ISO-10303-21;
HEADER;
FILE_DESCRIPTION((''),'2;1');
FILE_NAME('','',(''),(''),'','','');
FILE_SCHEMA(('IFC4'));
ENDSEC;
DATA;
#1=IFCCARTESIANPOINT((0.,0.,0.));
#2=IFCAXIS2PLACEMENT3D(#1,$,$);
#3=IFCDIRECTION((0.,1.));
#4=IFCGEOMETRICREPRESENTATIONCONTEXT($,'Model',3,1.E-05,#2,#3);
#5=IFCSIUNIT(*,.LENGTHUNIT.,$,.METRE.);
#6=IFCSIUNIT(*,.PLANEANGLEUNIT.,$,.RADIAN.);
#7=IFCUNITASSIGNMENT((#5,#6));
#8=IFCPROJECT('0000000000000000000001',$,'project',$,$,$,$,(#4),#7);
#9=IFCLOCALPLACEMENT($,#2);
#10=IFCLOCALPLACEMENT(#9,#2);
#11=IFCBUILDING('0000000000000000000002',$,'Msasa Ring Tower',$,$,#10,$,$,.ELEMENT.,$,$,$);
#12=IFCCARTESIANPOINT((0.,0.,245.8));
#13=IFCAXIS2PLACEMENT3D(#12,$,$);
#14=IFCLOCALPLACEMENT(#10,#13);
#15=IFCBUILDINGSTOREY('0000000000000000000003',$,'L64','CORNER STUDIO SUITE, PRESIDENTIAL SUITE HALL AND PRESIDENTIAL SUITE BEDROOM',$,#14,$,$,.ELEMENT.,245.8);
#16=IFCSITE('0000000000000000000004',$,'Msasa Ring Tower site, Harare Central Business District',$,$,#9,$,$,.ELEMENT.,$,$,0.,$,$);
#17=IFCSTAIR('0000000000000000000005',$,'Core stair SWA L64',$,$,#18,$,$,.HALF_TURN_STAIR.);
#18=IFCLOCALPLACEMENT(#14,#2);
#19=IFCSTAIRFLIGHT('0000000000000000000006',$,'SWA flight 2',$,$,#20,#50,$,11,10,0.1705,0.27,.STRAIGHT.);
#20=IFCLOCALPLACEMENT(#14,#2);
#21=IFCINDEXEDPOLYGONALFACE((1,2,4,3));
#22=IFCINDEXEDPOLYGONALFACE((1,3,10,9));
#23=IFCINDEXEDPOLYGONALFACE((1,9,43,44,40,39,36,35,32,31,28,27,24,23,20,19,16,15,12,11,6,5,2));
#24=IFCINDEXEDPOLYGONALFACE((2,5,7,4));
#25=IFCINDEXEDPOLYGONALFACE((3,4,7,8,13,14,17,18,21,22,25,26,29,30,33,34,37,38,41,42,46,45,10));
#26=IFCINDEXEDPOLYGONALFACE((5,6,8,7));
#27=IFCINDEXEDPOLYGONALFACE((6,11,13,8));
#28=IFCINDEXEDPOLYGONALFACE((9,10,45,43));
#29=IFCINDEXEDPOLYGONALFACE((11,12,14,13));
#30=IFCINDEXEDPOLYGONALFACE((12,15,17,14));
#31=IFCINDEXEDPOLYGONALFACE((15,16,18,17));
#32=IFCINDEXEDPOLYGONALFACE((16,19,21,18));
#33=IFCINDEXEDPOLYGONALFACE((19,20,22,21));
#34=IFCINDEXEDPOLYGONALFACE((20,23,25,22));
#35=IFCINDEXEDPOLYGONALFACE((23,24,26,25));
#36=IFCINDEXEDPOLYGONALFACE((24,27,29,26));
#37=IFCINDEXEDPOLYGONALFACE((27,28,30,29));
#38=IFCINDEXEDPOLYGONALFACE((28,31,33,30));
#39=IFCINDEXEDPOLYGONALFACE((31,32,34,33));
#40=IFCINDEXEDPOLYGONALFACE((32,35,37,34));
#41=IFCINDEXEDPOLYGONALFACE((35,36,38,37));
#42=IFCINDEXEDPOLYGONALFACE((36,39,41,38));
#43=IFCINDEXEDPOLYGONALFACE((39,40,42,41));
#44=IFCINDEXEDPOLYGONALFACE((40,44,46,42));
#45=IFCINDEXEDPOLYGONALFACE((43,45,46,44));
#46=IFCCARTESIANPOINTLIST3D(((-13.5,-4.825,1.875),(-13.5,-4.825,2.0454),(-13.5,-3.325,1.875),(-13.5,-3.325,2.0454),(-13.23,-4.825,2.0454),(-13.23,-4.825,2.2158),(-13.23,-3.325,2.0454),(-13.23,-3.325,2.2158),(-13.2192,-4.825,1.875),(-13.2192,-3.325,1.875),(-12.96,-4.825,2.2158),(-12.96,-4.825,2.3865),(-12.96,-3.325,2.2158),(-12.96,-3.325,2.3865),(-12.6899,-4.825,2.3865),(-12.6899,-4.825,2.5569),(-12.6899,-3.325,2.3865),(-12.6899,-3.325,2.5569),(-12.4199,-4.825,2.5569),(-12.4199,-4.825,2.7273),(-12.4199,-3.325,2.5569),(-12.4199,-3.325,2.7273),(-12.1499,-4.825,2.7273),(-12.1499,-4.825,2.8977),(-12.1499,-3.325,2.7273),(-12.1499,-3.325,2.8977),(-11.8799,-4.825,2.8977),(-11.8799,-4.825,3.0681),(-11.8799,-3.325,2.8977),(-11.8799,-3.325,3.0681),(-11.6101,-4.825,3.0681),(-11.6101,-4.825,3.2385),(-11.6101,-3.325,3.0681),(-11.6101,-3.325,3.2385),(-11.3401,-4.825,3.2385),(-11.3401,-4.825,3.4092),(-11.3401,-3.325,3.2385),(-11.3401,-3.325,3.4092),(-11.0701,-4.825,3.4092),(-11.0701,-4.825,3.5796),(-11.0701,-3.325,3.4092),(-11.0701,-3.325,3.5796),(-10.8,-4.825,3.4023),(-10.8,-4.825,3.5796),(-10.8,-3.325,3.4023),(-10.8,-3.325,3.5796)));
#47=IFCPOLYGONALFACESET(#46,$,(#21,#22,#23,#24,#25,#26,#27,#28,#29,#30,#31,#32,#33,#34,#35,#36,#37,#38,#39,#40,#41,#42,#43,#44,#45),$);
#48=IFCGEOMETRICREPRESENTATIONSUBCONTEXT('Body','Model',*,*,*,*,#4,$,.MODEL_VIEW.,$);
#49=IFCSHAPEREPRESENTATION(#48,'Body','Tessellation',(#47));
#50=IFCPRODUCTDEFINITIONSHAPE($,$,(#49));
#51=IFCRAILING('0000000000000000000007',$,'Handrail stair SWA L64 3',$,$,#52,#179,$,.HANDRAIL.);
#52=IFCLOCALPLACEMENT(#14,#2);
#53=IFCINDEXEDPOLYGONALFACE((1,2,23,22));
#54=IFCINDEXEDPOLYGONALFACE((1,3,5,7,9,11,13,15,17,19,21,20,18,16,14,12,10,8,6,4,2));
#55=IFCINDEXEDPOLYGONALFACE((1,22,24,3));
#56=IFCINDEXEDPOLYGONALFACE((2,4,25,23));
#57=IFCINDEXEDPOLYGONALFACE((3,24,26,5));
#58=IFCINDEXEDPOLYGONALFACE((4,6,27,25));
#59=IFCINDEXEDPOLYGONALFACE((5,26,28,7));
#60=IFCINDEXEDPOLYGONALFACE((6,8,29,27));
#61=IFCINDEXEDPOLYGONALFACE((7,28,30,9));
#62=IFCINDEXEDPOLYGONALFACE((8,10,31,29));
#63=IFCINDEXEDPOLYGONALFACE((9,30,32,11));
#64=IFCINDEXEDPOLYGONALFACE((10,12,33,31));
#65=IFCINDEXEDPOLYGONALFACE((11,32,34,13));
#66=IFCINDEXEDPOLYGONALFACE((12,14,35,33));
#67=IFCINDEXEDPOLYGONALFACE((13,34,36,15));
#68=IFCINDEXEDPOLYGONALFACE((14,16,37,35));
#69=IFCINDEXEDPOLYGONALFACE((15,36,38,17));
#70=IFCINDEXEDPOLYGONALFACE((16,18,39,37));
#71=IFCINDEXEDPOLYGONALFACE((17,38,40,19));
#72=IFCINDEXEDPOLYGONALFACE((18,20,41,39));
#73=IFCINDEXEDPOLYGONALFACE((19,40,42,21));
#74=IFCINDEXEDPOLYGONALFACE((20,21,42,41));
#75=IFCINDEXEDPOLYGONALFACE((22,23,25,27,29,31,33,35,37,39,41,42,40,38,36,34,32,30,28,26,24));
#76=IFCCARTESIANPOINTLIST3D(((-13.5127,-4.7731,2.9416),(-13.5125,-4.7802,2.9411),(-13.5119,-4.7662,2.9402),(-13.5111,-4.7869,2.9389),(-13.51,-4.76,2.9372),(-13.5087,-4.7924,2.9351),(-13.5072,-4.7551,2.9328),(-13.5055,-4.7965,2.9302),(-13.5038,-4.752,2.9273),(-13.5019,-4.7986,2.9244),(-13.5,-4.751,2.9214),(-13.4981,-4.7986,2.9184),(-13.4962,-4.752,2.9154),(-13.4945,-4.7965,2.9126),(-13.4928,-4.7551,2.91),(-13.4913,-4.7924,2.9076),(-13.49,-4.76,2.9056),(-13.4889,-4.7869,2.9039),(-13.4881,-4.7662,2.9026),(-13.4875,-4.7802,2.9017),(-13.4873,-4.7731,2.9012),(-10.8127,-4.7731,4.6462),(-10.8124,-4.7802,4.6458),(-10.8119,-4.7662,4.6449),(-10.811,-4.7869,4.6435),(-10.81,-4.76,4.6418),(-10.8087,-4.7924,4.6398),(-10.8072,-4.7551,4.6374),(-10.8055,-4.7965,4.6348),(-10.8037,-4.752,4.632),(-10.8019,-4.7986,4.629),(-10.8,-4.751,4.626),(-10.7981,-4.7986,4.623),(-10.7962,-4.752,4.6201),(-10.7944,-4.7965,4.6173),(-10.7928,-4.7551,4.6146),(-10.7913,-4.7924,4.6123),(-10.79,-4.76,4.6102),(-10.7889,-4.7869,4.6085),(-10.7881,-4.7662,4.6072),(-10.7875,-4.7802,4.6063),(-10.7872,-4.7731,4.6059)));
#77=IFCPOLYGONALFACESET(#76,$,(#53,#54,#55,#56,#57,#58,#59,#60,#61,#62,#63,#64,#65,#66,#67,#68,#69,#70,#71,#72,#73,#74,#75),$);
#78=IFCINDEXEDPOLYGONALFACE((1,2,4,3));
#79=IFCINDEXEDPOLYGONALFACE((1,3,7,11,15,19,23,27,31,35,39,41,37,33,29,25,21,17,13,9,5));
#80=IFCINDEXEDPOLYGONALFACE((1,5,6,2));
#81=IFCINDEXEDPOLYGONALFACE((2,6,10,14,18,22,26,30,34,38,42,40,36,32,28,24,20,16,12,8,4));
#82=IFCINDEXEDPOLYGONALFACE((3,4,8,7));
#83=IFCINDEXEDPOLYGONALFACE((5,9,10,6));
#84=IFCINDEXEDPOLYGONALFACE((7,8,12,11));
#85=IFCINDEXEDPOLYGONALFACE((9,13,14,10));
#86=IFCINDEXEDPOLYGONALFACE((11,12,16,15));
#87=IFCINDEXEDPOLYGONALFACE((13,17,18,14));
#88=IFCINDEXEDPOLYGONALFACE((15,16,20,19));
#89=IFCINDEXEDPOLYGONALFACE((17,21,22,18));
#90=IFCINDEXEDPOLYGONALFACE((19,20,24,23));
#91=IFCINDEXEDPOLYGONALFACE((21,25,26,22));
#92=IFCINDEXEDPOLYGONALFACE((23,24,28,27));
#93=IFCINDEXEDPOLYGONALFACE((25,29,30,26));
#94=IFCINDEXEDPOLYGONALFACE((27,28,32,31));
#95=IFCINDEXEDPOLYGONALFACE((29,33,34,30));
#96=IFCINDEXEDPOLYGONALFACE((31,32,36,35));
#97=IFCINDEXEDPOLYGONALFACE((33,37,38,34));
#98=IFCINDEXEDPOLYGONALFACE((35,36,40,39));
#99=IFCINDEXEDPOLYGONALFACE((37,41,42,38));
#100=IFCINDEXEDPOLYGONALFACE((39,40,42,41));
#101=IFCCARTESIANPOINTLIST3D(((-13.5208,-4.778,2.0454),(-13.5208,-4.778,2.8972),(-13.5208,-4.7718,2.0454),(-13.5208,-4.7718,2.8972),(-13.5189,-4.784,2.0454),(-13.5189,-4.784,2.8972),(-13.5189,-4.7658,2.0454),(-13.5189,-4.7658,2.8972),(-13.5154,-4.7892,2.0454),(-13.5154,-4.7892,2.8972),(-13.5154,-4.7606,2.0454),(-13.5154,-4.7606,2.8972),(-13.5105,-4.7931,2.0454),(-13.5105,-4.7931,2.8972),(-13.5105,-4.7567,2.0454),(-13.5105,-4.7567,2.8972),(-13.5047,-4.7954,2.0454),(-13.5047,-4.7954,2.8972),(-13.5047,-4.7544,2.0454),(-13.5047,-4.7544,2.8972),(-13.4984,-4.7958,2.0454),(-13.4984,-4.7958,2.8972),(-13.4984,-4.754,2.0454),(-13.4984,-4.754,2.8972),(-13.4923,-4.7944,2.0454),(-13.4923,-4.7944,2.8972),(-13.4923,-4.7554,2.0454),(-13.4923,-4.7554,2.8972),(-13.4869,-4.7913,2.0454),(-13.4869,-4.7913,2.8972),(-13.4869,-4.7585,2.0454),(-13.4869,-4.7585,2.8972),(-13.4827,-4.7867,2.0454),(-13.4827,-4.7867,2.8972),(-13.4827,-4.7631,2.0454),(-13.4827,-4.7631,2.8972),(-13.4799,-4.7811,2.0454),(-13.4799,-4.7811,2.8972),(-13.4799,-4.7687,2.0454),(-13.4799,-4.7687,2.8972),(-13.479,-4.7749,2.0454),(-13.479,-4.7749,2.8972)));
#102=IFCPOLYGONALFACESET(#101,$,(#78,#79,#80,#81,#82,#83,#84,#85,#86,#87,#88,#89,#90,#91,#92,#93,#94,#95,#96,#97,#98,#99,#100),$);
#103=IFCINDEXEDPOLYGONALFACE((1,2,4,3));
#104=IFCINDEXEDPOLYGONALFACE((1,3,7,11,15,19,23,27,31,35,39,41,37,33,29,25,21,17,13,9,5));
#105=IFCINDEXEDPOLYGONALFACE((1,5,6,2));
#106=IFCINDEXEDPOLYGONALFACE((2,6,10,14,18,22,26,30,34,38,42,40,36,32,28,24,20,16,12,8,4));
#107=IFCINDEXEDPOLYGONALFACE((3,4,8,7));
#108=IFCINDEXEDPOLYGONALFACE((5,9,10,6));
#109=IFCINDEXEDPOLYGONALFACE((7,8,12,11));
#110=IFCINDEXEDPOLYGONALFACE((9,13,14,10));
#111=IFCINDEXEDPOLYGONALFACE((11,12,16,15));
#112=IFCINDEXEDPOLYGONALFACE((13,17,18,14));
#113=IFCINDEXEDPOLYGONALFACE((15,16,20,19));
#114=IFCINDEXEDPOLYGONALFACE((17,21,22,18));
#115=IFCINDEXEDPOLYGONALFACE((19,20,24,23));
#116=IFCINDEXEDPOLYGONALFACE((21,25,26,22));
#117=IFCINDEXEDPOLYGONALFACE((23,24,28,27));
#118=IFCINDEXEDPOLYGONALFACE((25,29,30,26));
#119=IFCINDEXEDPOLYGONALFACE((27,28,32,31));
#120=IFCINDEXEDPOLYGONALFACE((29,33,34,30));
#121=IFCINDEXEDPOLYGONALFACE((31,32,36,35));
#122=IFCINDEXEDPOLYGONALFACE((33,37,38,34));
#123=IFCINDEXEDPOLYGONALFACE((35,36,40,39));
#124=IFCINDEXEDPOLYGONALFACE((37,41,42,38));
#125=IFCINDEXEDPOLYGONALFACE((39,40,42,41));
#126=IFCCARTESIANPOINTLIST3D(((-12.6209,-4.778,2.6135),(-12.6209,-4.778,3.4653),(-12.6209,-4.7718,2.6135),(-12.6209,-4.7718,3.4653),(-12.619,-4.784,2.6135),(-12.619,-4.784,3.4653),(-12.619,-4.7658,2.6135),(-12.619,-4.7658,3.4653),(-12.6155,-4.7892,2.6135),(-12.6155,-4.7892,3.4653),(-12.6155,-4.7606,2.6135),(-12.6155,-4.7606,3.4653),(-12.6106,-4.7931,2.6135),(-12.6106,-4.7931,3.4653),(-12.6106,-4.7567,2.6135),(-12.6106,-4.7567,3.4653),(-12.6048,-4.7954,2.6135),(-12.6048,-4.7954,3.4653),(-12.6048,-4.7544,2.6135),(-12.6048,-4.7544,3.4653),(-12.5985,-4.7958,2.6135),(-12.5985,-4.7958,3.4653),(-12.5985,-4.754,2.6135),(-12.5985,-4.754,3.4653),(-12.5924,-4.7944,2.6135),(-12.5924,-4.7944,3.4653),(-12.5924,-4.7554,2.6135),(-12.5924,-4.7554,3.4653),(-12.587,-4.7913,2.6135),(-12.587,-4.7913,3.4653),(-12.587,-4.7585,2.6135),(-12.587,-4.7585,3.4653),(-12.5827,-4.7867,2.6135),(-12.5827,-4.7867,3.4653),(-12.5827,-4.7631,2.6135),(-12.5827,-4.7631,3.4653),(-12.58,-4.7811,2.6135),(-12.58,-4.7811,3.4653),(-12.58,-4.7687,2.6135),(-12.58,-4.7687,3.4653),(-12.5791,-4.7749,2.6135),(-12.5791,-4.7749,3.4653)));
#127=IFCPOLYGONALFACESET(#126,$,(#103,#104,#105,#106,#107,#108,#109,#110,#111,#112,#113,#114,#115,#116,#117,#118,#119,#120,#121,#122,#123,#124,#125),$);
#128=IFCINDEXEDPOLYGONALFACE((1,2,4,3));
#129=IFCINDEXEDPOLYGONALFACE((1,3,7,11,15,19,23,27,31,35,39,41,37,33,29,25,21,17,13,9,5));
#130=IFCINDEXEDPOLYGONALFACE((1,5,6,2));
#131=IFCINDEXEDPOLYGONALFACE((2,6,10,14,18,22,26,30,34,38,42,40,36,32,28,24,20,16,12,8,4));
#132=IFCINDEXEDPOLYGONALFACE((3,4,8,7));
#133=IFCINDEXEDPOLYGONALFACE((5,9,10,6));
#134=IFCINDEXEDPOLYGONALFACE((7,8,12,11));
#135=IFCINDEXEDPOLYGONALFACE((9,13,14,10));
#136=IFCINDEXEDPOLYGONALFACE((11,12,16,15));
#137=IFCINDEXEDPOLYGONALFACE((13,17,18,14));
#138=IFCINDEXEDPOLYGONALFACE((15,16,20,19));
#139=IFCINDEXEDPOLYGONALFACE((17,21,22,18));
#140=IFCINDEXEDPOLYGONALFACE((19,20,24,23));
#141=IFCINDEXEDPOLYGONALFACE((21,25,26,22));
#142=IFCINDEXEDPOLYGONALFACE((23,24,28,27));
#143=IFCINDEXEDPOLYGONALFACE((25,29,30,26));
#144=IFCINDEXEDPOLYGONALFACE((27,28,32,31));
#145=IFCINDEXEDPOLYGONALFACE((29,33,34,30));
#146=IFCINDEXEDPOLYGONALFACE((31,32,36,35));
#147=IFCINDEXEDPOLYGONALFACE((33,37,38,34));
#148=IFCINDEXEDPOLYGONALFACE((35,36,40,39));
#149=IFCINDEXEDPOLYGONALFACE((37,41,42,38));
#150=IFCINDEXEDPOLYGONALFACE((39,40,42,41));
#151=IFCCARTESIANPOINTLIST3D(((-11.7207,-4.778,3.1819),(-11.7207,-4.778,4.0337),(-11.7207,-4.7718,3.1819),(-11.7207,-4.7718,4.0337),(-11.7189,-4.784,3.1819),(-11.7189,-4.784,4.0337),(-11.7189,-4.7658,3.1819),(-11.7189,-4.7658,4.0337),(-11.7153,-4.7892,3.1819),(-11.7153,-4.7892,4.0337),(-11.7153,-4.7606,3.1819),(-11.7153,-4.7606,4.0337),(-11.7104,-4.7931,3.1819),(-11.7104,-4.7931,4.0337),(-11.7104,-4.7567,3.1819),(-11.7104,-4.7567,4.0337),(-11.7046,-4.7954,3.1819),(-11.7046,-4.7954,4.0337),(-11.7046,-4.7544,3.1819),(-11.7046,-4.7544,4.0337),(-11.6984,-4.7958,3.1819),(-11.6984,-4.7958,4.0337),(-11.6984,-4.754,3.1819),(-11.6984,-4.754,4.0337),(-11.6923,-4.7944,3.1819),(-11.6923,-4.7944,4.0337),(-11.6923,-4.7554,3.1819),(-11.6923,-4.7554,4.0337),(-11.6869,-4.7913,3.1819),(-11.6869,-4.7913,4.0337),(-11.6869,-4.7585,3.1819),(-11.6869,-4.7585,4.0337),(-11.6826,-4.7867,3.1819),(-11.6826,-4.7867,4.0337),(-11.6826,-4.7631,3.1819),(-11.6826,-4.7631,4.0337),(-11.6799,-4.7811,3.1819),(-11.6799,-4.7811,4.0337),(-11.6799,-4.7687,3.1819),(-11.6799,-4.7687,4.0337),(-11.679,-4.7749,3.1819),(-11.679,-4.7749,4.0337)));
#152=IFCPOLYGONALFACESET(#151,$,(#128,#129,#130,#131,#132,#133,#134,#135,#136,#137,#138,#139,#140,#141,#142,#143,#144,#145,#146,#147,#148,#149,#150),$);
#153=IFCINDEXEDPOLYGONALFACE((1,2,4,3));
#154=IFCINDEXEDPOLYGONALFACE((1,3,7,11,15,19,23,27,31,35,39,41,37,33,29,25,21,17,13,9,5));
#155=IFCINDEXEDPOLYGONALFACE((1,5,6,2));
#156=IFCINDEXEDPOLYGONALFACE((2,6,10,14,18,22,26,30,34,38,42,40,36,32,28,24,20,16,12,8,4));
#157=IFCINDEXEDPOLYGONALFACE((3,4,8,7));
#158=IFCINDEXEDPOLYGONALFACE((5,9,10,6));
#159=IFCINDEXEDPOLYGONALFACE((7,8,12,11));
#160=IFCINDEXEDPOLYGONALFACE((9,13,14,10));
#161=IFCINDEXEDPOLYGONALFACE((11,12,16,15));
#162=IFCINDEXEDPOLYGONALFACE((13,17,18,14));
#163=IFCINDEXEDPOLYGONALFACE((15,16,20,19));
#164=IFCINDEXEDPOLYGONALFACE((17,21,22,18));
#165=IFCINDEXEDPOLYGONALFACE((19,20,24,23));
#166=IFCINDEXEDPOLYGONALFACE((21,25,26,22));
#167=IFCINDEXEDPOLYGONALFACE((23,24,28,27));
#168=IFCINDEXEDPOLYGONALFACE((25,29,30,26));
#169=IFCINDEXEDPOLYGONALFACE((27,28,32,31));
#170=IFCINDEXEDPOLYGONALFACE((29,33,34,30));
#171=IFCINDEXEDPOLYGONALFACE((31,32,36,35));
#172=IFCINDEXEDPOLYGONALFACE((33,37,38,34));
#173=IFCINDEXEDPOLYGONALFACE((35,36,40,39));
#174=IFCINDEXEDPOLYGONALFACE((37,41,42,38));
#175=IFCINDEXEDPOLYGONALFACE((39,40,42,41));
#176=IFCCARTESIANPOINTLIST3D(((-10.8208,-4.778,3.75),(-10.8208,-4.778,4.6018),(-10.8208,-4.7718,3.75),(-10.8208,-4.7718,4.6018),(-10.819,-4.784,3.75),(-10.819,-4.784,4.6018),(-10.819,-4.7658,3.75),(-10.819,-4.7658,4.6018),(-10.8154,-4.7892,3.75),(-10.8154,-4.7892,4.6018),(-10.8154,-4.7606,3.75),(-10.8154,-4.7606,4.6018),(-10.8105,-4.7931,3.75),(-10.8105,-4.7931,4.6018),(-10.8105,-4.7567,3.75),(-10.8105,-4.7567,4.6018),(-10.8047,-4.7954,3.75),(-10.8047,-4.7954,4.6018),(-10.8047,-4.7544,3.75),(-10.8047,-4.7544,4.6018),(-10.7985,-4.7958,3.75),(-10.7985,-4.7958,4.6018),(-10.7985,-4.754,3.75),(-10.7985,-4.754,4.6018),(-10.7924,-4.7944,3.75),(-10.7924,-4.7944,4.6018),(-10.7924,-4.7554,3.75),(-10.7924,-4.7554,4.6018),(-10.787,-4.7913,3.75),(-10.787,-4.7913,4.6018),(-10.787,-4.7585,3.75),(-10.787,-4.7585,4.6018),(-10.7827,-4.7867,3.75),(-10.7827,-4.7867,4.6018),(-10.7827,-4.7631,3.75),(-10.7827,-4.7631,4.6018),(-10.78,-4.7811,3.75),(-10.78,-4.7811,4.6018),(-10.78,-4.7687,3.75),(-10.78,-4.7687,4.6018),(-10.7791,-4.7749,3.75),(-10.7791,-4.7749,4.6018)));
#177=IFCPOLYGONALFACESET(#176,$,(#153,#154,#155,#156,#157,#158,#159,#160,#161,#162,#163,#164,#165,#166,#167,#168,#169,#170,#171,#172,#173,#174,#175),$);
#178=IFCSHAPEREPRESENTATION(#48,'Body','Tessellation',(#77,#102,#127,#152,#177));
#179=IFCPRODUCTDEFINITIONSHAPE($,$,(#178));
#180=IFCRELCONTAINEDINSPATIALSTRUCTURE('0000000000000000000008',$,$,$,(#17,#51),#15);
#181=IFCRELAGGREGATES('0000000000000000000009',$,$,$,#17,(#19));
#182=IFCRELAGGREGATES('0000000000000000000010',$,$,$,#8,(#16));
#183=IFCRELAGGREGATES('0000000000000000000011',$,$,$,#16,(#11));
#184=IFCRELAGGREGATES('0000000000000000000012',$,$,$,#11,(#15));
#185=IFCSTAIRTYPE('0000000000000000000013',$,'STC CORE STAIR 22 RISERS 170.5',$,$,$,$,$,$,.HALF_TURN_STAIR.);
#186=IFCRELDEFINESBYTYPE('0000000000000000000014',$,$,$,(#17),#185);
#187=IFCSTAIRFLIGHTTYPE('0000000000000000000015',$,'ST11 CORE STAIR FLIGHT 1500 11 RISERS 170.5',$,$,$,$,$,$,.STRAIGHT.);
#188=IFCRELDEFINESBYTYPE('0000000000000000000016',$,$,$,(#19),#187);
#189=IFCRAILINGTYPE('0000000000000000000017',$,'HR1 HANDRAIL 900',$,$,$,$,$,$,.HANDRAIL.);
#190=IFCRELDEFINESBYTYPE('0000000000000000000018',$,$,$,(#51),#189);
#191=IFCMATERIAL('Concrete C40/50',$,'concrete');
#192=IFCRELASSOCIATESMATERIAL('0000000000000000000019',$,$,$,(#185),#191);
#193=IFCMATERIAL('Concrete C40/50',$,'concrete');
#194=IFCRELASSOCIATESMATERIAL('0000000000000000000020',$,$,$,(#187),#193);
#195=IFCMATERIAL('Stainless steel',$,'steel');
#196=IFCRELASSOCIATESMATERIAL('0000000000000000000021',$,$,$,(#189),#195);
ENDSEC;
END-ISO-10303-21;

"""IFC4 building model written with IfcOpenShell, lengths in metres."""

from ifc_helpers import new_model, si_unit, direction, frame, origin, origin_2d, place, context, subcontext, project, spatial, polyline, circle, outline, extrude, material, type_object, element, aggregate, save


model = new_model("IFC4")

# Units and contexts
model_context = context("Model", 3, precision=1e-05, world=origin(), true_north=direction((0.0, 1.0)))
body_context = subcontext(model_context, "Body", "Model", "MODEL_VIEW")
ifc_project = project(units=[si_unit("LENGTHUNIT", "METRE"), si_unit("PLANEANGLEUNIT", "RADIAN")], contexts=[model_context])

# Site, building, storey
site_placement = place(None, origin())
site = spatial("IfcSite", under=ifc_project, at=site_placement, Name="Msasa Ring Tower site, Harare Central Business District", CompositionType="ELEMENT", RefElevation=0.0)
building_placement = place(site_placement, origin())
building = spatial("IfcBuilding", under=site, at=building_placement, Name="Msasa Ring Tower", CompositionType="ELEMENT")
storey_placement = place(building_placement, frame((0.0, 0.0, 245.8)))
storey = spatial("IfcBuildingStorey", under=building, at=storey_placement, Name="L64", Description="CORNER STUDIO SUITE, PRESIDENTIAL SUITE HALL AND PRESIDENTIAL SUITE BEDROOM", CompositionType="ELEMENT", Elevation=245.8)

# Stair, stair flight
ifc_material_1 = material(Name="Concrete C40/50", Category="concrete")
stair_type = type_object("IfcStairType", Name="STC CORE STAIR 22 RISERS 170.5", PredefinedType="HALF_TURN_STAIR", material=ifc_material_1)
stair_placement = place(storey_placement, origin())
stair = element("IfcStair", 1, at=stair_placement, inside=storey, type_object=stair_type, Name="Core stair SWA L64", PredefinedType="HALF_TURN_STAIR")
ifc_material_2 = material(Name="Concrete C40/50", Category="concrete")
stair_flight_type = type_object("IfcStairFlightType", Name="ST11 CORE STAIR FLIGHT 1500 11 RISERS 170.5", PredefinedType="STRAIGHT", material=ifc_material_2)
stair_flight_placement = place(storey_placement, frame((-13.5, -4.075, 1.875), z_axis=(0.0, 0.0, 1.0), x_axis=(1.0, 0.0, 0.0)))
stair_flight = element("IfcStairFlight", 2, at=stair_flight_placement, type_object=stair_flight_type, Name="SWA flight 2", NumberOfRisers=11, NumberOfTreads=10, PredefinedType="STRAIGHT", RiserHeight=0.1705, TreadLength=0.27, context=body_context, shape_type="SweptSolid", body=[
    extrude(outline(polyline([(0.0, 0.0), (0.0, 0.1704), (0.27, 0.1704), (0.27, 0.3408), (0.54, 0.3408), (0.54, 0.5115), (0.8101, 0.5115), (0.8101, 0.6819), (1.0801, 0.6819), (1.0801, 0.8523), (1.3501, 0.8523), (1.3501, 1.0227), (1.6201, 1.0227), (1.6201, 1.1931), (1.8899, 1.1931), (1.8899, 1.3635), (2.1599, 1.3635), (2.1599, 1.5342), (2.4299, 1.5342), (2.4299, 1.7046), (2.7, 1.7046), (2.7, 1.875), (2.7, 1.5273), (0.2808, 0.0), (0.0, 0.0)])), frame((0.0, 0.75, 0.0), z_axis=(0.0, -1.0, 0.0), x_axis=(1.0, 0.0, 0.0)), (0.0, 0.0, 1.0), 1.5),
])
aggregate(stair, [stair_flight])

# Railing
ifc_material_3 = material(Name="Stainless steel", Category="steel")
railing_type = type_object("IfcRailingType", Name="HR1 HANDRAIL 900", PredefinedType="HANDRAIL", material=ifc_material_3)
for number, where, name in (
    (3, (-13.5, -4.7749, 2.0454), "Handrail stair SWA L64 3"),
):
    element("IfcRailing", number, at=place(storey_placement, frame(where)), inside=storey, type_object=railing_type, Name=name, PredefinedType="HANDRAIL", context=body_context, shape_type="SweptSolid", body=[
        extrude(circle(Radius=0.0239, at=origin_2d()), frame((0.0, 0.0, 0.876), z_axis=(0.84558, 0.0, 0.533849), x_axis=(0.0, 1.0, 0.0)), (0.0, 0.0, 1.0), 3.1931),
        extrude(circle(Radius=0.021, at=origin_2d()), origin(), (0.0, 0.0, 1.0), 0.8518),
        extrude(circle(Radius=0.021, at=origin_2d()), frame((0.8999, 0.0, 0.5681)), (0.0, 0.0, 1.0), 0.8518),
        extrude(circle(Radius=0.021, at=origin_2d()), frame((1.8, 0.0, 1.1365)), (0.0, 0.0, 1.0), 0.8518),
        extrude(circle(Radius=0.021, at=origin_2d()), frame((2.7, 0.0, 1.7046)), (0.0, 0.0, 1.0), 0.8518),
    ])

save(model, "model.ifc")
